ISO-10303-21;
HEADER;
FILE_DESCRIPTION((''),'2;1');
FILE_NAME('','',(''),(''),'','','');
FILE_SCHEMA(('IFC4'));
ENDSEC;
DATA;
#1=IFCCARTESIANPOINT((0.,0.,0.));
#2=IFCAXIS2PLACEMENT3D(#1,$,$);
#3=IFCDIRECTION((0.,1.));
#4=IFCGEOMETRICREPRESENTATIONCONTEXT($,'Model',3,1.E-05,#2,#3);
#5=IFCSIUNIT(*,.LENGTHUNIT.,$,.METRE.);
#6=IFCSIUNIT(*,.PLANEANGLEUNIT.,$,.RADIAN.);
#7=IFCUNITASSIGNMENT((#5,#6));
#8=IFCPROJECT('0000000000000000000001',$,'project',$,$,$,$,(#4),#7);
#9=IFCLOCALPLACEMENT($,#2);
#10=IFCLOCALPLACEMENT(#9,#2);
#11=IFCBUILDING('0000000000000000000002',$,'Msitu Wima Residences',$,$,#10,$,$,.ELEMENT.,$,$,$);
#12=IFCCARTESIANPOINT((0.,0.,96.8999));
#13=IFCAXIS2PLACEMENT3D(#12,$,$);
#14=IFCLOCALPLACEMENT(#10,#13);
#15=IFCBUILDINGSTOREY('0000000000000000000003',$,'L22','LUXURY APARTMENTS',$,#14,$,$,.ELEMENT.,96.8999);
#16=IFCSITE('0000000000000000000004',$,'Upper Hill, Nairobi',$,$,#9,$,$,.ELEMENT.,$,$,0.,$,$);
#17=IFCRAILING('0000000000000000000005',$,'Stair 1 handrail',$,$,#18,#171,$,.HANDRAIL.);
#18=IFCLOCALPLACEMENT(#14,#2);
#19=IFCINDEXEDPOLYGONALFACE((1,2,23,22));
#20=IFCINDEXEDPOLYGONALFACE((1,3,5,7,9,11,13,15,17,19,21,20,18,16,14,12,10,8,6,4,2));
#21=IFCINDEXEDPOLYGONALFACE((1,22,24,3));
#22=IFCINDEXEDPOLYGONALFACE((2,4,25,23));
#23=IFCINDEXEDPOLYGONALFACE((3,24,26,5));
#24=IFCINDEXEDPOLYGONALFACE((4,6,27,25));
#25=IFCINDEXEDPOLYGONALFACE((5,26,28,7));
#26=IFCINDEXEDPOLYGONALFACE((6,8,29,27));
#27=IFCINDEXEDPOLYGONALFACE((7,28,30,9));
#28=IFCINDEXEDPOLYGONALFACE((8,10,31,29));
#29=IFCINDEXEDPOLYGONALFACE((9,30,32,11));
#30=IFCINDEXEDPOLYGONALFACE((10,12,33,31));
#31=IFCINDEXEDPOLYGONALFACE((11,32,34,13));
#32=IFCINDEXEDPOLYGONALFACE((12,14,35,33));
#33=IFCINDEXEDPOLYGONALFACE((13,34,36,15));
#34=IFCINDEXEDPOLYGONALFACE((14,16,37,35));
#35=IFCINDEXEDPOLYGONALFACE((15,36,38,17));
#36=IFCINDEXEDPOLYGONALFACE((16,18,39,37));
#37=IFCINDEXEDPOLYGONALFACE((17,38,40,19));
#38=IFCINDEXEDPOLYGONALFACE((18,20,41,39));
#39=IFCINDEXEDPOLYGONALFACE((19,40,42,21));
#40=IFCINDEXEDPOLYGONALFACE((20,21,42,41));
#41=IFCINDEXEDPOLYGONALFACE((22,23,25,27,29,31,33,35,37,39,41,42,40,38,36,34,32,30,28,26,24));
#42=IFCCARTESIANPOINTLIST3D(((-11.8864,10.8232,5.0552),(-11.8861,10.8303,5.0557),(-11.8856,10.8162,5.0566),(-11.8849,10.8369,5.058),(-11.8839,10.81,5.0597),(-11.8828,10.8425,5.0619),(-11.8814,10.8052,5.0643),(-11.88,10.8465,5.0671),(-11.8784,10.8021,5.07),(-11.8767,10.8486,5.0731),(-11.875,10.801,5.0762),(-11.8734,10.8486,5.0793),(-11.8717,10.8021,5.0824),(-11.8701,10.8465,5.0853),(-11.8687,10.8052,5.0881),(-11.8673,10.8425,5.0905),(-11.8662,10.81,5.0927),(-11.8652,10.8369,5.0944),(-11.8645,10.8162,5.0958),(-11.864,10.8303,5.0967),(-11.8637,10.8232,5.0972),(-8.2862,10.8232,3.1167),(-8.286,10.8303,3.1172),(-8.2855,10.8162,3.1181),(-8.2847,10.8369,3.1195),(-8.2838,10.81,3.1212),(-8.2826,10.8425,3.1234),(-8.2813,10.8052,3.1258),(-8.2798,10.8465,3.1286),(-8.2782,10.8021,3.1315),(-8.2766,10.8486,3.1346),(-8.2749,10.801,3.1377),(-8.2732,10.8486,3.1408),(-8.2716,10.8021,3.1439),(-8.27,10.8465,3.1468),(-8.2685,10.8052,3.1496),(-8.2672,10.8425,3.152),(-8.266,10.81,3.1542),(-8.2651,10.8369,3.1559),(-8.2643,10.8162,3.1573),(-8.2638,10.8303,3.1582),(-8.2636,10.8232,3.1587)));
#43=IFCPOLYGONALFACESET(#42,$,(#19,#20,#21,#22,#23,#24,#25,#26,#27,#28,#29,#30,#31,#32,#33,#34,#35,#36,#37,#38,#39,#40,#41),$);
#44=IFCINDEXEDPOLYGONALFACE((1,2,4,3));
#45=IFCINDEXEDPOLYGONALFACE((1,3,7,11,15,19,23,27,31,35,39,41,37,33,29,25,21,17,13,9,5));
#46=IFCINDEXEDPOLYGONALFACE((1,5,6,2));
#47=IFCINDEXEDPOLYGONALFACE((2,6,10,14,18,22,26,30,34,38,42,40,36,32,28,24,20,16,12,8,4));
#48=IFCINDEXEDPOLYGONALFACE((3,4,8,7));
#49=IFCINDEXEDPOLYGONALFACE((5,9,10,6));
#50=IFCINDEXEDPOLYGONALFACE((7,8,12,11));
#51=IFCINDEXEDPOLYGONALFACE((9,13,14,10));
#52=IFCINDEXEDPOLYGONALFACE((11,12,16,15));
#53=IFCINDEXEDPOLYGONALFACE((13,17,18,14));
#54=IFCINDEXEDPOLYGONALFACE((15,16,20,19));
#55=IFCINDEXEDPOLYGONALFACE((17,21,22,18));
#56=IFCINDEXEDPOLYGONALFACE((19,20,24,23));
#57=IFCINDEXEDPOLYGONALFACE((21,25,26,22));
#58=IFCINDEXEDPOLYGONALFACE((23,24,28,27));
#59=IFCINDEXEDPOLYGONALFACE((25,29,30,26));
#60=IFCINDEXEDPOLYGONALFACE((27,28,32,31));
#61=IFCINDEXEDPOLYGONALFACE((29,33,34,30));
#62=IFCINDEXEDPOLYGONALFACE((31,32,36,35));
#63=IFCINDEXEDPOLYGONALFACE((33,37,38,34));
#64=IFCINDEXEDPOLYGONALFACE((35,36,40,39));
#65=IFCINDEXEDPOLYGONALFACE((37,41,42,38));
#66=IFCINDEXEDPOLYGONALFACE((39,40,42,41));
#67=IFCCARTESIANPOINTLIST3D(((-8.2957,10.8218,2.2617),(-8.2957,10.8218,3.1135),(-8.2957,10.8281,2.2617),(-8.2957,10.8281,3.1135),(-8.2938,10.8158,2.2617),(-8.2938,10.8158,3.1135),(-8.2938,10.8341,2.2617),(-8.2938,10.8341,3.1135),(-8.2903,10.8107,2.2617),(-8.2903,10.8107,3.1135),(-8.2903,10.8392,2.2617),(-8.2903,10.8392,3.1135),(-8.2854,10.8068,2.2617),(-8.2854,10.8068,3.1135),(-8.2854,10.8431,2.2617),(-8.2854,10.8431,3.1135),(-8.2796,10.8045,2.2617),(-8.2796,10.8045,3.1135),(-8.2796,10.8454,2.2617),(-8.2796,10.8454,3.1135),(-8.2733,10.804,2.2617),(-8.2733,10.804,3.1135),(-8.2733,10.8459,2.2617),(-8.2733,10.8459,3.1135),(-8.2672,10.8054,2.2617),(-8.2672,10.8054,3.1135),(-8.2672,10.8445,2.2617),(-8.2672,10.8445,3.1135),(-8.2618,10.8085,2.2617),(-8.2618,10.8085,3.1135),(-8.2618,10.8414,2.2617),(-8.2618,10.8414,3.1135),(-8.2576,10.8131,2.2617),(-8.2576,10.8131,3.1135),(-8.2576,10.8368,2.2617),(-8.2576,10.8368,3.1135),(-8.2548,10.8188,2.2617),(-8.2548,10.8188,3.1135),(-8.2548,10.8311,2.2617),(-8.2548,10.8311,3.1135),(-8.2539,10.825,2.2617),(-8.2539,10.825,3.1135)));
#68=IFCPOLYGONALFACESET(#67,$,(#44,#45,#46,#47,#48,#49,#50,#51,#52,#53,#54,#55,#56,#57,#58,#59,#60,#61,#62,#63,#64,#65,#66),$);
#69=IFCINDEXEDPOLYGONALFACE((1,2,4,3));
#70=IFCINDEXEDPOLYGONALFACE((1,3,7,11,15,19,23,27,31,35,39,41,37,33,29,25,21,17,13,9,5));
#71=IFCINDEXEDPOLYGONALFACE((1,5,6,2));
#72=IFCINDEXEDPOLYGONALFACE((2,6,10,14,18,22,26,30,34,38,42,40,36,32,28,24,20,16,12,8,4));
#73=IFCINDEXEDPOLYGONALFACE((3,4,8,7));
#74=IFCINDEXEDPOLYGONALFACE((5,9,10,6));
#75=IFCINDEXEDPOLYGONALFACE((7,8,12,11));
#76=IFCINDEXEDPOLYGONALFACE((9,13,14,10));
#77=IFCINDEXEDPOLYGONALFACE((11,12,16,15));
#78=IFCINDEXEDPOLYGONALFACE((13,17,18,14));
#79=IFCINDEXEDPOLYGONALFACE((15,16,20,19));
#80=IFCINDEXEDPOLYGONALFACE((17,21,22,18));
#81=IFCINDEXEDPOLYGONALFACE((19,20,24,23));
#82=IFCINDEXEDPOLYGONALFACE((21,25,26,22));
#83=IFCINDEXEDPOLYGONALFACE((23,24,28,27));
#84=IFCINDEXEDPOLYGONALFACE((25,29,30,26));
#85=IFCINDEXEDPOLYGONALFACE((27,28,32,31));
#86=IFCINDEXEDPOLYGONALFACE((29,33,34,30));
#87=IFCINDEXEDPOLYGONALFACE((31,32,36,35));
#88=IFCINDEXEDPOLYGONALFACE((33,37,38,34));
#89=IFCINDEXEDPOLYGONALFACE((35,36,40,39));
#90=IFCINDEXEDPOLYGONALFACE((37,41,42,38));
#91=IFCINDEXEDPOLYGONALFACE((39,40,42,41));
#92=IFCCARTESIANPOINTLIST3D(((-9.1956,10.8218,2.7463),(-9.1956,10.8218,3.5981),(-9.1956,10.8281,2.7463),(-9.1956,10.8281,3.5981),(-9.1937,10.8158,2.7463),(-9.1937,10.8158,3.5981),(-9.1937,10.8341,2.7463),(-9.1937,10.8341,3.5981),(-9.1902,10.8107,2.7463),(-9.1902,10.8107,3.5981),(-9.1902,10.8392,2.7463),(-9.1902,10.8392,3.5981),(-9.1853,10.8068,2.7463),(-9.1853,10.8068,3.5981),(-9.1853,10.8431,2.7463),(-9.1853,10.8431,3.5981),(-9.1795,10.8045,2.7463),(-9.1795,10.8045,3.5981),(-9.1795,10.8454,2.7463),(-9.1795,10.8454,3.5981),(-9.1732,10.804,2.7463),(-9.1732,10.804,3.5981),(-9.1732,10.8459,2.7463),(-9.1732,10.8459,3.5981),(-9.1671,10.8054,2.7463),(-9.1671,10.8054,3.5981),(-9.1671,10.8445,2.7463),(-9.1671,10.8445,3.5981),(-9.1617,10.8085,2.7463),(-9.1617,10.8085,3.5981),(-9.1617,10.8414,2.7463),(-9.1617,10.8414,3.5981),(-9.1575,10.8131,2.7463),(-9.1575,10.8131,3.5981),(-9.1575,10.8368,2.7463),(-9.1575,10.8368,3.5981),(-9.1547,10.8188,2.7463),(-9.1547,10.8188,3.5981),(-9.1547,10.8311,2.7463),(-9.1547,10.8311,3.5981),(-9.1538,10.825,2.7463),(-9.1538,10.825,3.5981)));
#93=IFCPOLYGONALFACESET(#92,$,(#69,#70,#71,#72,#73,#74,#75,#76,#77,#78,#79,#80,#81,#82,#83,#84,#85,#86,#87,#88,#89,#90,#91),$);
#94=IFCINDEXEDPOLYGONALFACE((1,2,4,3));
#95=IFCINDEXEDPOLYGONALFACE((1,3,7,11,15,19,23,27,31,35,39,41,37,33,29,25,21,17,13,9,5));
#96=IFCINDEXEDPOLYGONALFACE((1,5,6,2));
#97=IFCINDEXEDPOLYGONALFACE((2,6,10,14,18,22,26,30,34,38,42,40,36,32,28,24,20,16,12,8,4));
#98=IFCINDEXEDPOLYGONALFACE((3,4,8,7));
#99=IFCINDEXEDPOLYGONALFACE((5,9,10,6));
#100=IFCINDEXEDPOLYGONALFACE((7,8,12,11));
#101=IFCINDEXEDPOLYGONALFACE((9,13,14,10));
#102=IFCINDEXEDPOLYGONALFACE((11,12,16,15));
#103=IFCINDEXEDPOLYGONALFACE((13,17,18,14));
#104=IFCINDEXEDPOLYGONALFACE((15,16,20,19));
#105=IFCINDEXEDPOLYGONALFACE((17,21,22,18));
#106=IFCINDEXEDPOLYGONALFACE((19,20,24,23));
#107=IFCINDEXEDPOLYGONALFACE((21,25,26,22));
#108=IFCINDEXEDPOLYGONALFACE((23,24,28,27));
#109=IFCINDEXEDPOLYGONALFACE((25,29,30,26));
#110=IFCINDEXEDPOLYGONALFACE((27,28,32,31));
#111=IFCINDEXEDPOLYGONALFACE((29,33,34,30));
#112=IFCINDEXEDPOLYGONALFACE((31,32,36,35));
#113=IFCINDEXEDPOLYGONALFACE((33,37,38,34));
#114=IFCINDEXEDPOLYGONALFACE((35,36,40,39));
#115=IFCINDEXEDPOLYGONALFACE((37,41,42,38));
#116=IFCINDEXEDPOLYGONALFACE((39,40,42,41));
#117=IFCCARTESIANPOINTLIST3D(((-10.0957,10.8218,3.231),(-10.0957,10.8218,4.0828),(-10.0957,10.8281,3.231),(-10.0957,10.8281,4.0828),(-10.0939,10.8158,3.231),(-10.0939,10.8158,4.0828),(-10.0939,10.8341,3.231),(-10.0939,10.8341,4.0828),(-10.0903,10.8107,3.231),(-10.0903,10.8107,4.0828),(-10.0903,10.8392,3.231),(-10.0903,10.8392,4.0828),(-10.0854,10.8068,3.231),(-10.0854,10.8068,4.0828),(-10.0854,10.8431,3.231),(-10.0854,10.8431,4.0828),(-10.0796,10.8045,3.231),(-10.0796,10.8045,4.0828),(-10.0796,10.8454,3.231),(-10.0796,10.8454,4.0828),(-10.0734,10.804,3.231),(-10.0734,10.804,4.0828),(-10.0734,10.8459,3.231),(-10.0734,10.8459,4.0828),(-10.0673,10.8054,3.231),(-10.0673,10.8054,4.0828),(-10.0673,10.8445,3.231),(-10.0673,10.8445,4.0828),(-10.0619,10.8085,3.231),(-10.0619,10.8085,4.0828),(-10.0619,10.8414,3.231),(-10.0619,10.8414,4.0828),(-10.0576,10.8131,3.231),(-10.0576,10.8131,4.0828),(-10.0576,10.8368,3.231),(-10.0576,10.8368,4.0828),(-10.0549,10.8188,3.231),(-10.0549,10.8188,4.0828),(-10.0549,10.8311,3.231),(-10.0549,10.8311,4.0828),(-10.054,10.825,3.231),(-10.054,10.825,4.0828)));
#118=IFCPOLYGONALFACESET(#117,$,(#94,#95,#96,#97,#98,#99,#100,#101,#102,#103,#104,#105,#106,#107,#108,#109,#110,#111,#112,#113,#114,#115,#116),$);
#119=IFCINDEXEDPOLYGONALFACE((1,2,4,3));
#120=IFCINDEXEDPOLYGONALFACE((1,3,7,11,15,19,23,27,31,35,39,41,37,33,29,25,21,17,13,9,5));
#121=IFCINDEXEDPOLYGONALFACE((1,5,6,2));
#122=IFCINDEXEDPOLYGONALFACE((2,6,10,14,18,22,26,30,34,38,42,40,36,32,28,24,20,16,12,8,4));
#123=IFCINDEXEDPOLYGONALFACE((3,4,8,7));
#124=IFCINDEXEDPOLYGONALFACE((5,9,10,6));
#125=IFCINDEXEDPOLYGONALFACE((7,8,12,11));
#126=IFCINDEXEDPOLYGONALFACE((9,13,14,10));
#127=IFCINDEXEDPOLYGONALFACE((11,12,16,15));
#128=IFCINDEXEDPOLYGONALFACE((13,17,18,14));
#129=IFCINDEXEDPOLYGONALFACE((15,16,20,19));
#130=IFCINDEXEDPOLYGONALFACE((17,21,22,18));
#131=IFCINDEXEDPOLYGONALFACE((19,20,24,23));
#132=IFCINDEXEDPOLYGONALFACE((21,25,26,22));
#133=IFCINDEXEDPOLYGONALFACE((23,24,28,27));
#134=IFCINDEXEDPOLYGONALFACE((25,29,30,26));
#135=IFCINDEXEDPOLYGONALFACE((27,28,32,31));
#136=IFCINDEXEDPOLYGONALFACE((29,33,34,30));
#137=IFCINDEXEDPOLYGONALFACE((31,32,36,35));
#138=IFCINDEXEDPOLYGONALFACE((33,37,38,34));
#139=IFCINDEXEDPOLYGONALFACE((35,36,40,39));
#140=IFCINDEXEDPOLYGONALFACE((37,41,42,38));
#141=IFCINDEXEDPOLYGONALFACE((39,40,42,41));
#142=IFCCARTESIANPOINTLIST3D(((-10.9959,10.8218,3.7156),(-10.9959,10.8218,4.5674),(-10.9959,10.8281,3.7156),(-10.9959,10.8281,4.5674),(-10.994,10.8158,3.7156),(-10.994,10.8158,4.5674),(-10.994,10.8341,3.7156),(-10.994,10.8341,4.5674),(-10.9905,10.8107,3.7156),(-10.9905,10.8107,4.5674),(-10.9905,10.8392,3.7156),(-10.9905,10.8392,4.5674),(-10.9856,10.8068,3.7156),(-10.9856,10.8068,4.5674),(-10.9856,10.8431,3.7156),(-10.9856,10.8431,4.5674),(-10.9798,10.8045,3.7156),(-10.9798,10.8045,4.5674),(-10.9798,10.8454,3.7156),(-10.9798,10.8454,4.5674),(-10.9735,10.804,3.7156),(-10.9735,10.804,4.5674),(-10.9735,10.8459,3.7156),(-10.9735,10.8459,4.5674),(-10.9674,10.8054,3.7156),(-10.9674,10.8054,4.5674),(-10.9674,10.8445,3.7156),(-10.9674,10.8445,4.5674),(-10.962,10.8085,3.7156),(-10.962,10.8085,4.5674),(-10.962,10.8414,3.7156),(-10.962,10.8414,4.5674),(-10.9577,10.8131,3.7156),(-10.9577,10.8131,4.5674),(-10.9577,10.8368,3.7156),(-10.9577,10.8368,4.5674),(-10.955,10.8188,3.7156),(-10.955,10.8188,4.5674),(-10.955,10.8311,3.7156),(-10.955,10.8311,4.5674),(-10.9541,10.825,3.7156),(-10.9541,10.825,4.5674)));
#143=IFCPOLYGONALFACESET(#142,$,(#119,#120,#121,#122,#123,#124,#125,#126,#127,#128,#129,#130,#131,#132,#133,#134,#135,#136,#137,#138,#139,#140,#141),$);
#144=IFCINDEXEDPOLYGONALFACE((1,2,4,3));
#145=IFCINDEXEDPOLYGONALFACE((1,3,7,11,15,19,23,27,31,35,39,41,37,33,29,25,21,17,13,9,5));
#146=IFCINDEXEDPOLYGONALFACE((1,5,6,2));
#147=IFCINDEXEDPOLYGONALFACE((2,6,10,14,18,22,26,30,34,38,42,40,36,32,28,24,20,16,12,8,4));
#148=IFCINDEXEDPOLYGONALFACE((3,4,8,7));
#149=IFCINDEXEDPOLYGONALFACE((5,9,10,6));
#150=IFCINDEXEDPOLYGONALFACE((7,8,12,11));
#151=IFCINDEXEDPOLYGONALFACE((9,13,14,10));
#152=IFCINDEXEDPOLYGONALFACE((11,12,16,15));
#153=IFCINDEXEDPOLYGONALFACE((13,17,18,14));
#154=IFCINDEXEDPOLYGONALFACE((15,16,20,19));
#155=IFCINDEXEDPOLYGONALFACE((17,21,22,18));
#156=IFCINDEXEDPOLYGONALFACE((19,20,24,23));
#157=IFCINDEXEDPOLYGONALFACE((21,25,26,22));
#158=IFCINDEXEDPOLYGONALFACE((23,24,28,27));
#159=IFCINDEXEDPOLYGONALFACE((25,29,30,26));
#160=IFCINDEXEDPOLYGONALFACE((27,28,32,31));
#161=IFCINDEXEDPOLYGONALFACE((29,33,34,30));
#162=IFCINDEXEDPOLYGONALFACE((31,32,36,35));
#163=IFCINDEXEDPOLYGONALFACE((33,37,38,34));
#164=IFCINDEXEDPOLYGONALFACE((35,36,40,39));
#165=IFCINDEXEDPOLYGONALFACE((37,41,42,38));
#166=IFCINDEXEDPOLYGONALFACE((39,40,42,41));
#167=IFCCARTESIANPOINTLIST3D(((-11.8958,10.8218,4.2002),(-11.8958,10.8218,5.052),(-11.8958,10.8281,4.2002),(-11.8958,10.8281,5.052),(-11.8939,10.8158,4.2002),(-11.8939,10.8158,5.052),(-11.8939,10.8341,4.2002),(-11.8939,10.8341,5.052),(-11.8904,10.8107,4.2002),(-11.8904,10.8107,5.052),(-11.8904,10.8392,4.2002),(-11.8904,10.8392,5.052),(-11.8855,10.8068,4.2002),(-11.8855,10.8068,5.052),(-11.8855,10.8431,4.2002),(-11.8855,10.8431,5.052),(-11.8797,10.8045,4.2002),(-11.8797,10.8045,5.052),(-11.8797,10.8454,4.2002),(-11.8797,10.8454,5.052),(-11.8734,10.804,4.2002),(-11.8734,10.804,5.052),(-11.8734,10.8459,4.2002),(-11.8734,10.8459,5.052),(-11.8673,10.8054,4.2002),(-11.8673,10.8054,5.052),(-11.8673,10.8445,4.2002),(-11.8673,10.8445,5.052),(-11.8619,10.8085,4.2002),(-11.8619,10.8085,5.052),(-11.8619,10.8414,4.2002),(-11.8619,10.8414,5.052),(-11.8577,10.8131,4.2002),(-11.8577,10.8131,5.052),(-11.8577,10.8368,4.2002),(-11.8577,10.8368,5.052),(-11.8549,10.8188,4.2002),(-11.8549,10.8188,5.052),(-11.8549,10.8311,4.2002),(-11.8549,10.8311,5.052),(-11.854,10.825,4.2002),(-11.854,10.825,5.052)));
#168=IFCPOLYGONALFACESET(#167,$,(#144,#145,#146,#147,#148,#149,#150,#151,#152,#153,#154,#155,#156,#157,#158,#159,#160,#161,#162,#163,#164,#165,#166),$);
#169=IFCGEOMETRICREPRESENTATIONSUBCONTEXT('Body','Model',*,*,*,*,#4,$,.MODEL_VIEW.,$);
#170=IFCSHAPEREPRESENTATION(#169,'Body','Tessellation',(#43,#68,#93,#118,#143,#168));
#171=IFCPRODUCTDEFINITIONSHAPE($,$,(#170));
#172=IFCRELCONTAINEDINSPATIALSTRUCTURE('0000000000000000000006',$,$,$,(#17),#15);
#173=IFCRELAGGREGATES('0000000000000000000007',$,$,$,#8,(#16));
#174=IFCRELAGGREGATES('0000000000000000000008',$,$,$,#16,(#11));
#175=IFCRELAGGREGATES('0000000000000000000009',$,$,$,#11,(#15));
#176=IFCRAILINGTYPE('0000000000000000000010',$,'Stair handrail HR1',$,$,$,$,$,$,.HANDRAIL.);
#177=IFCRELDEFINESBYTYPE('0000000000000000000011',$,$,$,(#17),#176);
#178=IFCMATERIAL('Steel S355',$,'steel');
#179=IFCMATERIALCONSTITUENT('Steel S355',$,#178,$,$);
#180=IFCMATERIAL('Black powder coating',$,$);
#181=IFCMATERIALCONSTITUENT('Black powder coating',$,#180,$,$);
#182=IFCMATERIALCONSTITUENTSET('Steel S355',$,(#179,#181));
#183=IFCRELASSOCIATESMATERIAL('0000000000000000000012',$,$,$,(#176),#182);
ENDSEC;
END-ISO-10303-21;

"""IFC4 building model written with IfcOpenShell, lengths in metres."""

from ifc_helpers import new_model, si_unit, direction, frame, origin, origin_2d, place, context, subcontext, project, spatial, circle, extrude, material, constituent, constituent_set, type_object, element, save


model = new_model("IFC4")

# Units and contexts
model_context = context("Model", 3, precision=1e-05, world=origin(), true_north=direction((0.0, 1.0)))
body_context = subcontext(model_context, "Body", "Model", "MODEL_VIEW")
ifc_project = project(units=[si_unit("LENGTHUNIT", "METRE"), si_unit("PLANEANGLEUNIT", "RADIAN")], contexts=[model_context])

# Site, building, storey
site_placement = place(None, origin())
site = spatial("IfcSite", under=ifc_project, at=site_placement, Name="Upper Hill, Nairobi", CompositionType="ELEMENT", RefElevation=0.0)
building_placement = place(site_placement, origin())
building = spatial("IfcBuilding", under=site, at=building_placement, Name="Msitu Wima Residences", CompositionType="ELEMENT")
storey_placement = place(building_placement, frame((0.0, 0.0, 96.8999)))
storey = spatial("IfcBuildingStorey", under=building, at=storey_placement, Name="L22", Description="LUXURY APARTMENTS", CompositionType="ELEMENT", Elevation=96.8999)

# Railing
ifc_material_1 = material(Name="Steel S355", Category="steel")
ifc_constituent_1 = constituent(ifc_material_1, Name="Steel S355")
ifc_material_2 = material(Name="Black powder coating")
ifc_constituent_2 = constituent(ifc_material_2, Name="Black powder coating")
ifc_constituent_set = constituent_set(constituents=[ifc_constituent_1, ifc_constituent_2], Name="Steel S355")
railing_type = type_object("IfcRailingType", Name="Stair handrail HR1", PredefinedType="HANDRAIL", material=ifc_constituent_set)
for number, where, name in (
    (1, (-8.2749, 10.825, 2.2617), "Stair 1 handrail"),
):
    element("IfcRailing", number, at=place(storey_placement, frame(where)), inside=storey, type_object=railing_type, Name=name, PredefinedType="HANDRAIL", context=body_context, shape_type="SweptSolid", body=[
        extrude(circle(Radius=0.0239, at=origin_2d()), frame((0.0, 0.0, 0.876), z_axis=(-0.880475, 0.0, 0.474093), x_axis=(0.0, -1.0, 0.0)), (0.0, 0.0, 1.0), 4.0889),
        extrude(circle(Radius=0.021, at=origin_2d()), origin(), (0.0, 0.0, 1.0), 0.8518),
        extrude(circle(Radius=0.021, at=origin_2d()), frame((-0.8999, 0.0, 0.4846)), (0.0, 0.0, 1.0), 0.8518),
        extrude(circle(Radius=0.021, at=origin_2d()), frame((-1.8, 0.0, 0.9692)), (0.0, 0.0, 1.0), 0.8518),
        extrude(circle(Radius=0.021, at=origin_2d()), frame((-2.7002, 0.0, 1.4539)), (0.0, 0.0, 1.0), 0.8518),
        extrude(circle(Radius=0.021, at=origin_2d()), frame((-3.6001, 0.0, 1.9385)), (0.0, 0.0, 1.0), 0.8518),
    ])

save(model, "model.ifc")
